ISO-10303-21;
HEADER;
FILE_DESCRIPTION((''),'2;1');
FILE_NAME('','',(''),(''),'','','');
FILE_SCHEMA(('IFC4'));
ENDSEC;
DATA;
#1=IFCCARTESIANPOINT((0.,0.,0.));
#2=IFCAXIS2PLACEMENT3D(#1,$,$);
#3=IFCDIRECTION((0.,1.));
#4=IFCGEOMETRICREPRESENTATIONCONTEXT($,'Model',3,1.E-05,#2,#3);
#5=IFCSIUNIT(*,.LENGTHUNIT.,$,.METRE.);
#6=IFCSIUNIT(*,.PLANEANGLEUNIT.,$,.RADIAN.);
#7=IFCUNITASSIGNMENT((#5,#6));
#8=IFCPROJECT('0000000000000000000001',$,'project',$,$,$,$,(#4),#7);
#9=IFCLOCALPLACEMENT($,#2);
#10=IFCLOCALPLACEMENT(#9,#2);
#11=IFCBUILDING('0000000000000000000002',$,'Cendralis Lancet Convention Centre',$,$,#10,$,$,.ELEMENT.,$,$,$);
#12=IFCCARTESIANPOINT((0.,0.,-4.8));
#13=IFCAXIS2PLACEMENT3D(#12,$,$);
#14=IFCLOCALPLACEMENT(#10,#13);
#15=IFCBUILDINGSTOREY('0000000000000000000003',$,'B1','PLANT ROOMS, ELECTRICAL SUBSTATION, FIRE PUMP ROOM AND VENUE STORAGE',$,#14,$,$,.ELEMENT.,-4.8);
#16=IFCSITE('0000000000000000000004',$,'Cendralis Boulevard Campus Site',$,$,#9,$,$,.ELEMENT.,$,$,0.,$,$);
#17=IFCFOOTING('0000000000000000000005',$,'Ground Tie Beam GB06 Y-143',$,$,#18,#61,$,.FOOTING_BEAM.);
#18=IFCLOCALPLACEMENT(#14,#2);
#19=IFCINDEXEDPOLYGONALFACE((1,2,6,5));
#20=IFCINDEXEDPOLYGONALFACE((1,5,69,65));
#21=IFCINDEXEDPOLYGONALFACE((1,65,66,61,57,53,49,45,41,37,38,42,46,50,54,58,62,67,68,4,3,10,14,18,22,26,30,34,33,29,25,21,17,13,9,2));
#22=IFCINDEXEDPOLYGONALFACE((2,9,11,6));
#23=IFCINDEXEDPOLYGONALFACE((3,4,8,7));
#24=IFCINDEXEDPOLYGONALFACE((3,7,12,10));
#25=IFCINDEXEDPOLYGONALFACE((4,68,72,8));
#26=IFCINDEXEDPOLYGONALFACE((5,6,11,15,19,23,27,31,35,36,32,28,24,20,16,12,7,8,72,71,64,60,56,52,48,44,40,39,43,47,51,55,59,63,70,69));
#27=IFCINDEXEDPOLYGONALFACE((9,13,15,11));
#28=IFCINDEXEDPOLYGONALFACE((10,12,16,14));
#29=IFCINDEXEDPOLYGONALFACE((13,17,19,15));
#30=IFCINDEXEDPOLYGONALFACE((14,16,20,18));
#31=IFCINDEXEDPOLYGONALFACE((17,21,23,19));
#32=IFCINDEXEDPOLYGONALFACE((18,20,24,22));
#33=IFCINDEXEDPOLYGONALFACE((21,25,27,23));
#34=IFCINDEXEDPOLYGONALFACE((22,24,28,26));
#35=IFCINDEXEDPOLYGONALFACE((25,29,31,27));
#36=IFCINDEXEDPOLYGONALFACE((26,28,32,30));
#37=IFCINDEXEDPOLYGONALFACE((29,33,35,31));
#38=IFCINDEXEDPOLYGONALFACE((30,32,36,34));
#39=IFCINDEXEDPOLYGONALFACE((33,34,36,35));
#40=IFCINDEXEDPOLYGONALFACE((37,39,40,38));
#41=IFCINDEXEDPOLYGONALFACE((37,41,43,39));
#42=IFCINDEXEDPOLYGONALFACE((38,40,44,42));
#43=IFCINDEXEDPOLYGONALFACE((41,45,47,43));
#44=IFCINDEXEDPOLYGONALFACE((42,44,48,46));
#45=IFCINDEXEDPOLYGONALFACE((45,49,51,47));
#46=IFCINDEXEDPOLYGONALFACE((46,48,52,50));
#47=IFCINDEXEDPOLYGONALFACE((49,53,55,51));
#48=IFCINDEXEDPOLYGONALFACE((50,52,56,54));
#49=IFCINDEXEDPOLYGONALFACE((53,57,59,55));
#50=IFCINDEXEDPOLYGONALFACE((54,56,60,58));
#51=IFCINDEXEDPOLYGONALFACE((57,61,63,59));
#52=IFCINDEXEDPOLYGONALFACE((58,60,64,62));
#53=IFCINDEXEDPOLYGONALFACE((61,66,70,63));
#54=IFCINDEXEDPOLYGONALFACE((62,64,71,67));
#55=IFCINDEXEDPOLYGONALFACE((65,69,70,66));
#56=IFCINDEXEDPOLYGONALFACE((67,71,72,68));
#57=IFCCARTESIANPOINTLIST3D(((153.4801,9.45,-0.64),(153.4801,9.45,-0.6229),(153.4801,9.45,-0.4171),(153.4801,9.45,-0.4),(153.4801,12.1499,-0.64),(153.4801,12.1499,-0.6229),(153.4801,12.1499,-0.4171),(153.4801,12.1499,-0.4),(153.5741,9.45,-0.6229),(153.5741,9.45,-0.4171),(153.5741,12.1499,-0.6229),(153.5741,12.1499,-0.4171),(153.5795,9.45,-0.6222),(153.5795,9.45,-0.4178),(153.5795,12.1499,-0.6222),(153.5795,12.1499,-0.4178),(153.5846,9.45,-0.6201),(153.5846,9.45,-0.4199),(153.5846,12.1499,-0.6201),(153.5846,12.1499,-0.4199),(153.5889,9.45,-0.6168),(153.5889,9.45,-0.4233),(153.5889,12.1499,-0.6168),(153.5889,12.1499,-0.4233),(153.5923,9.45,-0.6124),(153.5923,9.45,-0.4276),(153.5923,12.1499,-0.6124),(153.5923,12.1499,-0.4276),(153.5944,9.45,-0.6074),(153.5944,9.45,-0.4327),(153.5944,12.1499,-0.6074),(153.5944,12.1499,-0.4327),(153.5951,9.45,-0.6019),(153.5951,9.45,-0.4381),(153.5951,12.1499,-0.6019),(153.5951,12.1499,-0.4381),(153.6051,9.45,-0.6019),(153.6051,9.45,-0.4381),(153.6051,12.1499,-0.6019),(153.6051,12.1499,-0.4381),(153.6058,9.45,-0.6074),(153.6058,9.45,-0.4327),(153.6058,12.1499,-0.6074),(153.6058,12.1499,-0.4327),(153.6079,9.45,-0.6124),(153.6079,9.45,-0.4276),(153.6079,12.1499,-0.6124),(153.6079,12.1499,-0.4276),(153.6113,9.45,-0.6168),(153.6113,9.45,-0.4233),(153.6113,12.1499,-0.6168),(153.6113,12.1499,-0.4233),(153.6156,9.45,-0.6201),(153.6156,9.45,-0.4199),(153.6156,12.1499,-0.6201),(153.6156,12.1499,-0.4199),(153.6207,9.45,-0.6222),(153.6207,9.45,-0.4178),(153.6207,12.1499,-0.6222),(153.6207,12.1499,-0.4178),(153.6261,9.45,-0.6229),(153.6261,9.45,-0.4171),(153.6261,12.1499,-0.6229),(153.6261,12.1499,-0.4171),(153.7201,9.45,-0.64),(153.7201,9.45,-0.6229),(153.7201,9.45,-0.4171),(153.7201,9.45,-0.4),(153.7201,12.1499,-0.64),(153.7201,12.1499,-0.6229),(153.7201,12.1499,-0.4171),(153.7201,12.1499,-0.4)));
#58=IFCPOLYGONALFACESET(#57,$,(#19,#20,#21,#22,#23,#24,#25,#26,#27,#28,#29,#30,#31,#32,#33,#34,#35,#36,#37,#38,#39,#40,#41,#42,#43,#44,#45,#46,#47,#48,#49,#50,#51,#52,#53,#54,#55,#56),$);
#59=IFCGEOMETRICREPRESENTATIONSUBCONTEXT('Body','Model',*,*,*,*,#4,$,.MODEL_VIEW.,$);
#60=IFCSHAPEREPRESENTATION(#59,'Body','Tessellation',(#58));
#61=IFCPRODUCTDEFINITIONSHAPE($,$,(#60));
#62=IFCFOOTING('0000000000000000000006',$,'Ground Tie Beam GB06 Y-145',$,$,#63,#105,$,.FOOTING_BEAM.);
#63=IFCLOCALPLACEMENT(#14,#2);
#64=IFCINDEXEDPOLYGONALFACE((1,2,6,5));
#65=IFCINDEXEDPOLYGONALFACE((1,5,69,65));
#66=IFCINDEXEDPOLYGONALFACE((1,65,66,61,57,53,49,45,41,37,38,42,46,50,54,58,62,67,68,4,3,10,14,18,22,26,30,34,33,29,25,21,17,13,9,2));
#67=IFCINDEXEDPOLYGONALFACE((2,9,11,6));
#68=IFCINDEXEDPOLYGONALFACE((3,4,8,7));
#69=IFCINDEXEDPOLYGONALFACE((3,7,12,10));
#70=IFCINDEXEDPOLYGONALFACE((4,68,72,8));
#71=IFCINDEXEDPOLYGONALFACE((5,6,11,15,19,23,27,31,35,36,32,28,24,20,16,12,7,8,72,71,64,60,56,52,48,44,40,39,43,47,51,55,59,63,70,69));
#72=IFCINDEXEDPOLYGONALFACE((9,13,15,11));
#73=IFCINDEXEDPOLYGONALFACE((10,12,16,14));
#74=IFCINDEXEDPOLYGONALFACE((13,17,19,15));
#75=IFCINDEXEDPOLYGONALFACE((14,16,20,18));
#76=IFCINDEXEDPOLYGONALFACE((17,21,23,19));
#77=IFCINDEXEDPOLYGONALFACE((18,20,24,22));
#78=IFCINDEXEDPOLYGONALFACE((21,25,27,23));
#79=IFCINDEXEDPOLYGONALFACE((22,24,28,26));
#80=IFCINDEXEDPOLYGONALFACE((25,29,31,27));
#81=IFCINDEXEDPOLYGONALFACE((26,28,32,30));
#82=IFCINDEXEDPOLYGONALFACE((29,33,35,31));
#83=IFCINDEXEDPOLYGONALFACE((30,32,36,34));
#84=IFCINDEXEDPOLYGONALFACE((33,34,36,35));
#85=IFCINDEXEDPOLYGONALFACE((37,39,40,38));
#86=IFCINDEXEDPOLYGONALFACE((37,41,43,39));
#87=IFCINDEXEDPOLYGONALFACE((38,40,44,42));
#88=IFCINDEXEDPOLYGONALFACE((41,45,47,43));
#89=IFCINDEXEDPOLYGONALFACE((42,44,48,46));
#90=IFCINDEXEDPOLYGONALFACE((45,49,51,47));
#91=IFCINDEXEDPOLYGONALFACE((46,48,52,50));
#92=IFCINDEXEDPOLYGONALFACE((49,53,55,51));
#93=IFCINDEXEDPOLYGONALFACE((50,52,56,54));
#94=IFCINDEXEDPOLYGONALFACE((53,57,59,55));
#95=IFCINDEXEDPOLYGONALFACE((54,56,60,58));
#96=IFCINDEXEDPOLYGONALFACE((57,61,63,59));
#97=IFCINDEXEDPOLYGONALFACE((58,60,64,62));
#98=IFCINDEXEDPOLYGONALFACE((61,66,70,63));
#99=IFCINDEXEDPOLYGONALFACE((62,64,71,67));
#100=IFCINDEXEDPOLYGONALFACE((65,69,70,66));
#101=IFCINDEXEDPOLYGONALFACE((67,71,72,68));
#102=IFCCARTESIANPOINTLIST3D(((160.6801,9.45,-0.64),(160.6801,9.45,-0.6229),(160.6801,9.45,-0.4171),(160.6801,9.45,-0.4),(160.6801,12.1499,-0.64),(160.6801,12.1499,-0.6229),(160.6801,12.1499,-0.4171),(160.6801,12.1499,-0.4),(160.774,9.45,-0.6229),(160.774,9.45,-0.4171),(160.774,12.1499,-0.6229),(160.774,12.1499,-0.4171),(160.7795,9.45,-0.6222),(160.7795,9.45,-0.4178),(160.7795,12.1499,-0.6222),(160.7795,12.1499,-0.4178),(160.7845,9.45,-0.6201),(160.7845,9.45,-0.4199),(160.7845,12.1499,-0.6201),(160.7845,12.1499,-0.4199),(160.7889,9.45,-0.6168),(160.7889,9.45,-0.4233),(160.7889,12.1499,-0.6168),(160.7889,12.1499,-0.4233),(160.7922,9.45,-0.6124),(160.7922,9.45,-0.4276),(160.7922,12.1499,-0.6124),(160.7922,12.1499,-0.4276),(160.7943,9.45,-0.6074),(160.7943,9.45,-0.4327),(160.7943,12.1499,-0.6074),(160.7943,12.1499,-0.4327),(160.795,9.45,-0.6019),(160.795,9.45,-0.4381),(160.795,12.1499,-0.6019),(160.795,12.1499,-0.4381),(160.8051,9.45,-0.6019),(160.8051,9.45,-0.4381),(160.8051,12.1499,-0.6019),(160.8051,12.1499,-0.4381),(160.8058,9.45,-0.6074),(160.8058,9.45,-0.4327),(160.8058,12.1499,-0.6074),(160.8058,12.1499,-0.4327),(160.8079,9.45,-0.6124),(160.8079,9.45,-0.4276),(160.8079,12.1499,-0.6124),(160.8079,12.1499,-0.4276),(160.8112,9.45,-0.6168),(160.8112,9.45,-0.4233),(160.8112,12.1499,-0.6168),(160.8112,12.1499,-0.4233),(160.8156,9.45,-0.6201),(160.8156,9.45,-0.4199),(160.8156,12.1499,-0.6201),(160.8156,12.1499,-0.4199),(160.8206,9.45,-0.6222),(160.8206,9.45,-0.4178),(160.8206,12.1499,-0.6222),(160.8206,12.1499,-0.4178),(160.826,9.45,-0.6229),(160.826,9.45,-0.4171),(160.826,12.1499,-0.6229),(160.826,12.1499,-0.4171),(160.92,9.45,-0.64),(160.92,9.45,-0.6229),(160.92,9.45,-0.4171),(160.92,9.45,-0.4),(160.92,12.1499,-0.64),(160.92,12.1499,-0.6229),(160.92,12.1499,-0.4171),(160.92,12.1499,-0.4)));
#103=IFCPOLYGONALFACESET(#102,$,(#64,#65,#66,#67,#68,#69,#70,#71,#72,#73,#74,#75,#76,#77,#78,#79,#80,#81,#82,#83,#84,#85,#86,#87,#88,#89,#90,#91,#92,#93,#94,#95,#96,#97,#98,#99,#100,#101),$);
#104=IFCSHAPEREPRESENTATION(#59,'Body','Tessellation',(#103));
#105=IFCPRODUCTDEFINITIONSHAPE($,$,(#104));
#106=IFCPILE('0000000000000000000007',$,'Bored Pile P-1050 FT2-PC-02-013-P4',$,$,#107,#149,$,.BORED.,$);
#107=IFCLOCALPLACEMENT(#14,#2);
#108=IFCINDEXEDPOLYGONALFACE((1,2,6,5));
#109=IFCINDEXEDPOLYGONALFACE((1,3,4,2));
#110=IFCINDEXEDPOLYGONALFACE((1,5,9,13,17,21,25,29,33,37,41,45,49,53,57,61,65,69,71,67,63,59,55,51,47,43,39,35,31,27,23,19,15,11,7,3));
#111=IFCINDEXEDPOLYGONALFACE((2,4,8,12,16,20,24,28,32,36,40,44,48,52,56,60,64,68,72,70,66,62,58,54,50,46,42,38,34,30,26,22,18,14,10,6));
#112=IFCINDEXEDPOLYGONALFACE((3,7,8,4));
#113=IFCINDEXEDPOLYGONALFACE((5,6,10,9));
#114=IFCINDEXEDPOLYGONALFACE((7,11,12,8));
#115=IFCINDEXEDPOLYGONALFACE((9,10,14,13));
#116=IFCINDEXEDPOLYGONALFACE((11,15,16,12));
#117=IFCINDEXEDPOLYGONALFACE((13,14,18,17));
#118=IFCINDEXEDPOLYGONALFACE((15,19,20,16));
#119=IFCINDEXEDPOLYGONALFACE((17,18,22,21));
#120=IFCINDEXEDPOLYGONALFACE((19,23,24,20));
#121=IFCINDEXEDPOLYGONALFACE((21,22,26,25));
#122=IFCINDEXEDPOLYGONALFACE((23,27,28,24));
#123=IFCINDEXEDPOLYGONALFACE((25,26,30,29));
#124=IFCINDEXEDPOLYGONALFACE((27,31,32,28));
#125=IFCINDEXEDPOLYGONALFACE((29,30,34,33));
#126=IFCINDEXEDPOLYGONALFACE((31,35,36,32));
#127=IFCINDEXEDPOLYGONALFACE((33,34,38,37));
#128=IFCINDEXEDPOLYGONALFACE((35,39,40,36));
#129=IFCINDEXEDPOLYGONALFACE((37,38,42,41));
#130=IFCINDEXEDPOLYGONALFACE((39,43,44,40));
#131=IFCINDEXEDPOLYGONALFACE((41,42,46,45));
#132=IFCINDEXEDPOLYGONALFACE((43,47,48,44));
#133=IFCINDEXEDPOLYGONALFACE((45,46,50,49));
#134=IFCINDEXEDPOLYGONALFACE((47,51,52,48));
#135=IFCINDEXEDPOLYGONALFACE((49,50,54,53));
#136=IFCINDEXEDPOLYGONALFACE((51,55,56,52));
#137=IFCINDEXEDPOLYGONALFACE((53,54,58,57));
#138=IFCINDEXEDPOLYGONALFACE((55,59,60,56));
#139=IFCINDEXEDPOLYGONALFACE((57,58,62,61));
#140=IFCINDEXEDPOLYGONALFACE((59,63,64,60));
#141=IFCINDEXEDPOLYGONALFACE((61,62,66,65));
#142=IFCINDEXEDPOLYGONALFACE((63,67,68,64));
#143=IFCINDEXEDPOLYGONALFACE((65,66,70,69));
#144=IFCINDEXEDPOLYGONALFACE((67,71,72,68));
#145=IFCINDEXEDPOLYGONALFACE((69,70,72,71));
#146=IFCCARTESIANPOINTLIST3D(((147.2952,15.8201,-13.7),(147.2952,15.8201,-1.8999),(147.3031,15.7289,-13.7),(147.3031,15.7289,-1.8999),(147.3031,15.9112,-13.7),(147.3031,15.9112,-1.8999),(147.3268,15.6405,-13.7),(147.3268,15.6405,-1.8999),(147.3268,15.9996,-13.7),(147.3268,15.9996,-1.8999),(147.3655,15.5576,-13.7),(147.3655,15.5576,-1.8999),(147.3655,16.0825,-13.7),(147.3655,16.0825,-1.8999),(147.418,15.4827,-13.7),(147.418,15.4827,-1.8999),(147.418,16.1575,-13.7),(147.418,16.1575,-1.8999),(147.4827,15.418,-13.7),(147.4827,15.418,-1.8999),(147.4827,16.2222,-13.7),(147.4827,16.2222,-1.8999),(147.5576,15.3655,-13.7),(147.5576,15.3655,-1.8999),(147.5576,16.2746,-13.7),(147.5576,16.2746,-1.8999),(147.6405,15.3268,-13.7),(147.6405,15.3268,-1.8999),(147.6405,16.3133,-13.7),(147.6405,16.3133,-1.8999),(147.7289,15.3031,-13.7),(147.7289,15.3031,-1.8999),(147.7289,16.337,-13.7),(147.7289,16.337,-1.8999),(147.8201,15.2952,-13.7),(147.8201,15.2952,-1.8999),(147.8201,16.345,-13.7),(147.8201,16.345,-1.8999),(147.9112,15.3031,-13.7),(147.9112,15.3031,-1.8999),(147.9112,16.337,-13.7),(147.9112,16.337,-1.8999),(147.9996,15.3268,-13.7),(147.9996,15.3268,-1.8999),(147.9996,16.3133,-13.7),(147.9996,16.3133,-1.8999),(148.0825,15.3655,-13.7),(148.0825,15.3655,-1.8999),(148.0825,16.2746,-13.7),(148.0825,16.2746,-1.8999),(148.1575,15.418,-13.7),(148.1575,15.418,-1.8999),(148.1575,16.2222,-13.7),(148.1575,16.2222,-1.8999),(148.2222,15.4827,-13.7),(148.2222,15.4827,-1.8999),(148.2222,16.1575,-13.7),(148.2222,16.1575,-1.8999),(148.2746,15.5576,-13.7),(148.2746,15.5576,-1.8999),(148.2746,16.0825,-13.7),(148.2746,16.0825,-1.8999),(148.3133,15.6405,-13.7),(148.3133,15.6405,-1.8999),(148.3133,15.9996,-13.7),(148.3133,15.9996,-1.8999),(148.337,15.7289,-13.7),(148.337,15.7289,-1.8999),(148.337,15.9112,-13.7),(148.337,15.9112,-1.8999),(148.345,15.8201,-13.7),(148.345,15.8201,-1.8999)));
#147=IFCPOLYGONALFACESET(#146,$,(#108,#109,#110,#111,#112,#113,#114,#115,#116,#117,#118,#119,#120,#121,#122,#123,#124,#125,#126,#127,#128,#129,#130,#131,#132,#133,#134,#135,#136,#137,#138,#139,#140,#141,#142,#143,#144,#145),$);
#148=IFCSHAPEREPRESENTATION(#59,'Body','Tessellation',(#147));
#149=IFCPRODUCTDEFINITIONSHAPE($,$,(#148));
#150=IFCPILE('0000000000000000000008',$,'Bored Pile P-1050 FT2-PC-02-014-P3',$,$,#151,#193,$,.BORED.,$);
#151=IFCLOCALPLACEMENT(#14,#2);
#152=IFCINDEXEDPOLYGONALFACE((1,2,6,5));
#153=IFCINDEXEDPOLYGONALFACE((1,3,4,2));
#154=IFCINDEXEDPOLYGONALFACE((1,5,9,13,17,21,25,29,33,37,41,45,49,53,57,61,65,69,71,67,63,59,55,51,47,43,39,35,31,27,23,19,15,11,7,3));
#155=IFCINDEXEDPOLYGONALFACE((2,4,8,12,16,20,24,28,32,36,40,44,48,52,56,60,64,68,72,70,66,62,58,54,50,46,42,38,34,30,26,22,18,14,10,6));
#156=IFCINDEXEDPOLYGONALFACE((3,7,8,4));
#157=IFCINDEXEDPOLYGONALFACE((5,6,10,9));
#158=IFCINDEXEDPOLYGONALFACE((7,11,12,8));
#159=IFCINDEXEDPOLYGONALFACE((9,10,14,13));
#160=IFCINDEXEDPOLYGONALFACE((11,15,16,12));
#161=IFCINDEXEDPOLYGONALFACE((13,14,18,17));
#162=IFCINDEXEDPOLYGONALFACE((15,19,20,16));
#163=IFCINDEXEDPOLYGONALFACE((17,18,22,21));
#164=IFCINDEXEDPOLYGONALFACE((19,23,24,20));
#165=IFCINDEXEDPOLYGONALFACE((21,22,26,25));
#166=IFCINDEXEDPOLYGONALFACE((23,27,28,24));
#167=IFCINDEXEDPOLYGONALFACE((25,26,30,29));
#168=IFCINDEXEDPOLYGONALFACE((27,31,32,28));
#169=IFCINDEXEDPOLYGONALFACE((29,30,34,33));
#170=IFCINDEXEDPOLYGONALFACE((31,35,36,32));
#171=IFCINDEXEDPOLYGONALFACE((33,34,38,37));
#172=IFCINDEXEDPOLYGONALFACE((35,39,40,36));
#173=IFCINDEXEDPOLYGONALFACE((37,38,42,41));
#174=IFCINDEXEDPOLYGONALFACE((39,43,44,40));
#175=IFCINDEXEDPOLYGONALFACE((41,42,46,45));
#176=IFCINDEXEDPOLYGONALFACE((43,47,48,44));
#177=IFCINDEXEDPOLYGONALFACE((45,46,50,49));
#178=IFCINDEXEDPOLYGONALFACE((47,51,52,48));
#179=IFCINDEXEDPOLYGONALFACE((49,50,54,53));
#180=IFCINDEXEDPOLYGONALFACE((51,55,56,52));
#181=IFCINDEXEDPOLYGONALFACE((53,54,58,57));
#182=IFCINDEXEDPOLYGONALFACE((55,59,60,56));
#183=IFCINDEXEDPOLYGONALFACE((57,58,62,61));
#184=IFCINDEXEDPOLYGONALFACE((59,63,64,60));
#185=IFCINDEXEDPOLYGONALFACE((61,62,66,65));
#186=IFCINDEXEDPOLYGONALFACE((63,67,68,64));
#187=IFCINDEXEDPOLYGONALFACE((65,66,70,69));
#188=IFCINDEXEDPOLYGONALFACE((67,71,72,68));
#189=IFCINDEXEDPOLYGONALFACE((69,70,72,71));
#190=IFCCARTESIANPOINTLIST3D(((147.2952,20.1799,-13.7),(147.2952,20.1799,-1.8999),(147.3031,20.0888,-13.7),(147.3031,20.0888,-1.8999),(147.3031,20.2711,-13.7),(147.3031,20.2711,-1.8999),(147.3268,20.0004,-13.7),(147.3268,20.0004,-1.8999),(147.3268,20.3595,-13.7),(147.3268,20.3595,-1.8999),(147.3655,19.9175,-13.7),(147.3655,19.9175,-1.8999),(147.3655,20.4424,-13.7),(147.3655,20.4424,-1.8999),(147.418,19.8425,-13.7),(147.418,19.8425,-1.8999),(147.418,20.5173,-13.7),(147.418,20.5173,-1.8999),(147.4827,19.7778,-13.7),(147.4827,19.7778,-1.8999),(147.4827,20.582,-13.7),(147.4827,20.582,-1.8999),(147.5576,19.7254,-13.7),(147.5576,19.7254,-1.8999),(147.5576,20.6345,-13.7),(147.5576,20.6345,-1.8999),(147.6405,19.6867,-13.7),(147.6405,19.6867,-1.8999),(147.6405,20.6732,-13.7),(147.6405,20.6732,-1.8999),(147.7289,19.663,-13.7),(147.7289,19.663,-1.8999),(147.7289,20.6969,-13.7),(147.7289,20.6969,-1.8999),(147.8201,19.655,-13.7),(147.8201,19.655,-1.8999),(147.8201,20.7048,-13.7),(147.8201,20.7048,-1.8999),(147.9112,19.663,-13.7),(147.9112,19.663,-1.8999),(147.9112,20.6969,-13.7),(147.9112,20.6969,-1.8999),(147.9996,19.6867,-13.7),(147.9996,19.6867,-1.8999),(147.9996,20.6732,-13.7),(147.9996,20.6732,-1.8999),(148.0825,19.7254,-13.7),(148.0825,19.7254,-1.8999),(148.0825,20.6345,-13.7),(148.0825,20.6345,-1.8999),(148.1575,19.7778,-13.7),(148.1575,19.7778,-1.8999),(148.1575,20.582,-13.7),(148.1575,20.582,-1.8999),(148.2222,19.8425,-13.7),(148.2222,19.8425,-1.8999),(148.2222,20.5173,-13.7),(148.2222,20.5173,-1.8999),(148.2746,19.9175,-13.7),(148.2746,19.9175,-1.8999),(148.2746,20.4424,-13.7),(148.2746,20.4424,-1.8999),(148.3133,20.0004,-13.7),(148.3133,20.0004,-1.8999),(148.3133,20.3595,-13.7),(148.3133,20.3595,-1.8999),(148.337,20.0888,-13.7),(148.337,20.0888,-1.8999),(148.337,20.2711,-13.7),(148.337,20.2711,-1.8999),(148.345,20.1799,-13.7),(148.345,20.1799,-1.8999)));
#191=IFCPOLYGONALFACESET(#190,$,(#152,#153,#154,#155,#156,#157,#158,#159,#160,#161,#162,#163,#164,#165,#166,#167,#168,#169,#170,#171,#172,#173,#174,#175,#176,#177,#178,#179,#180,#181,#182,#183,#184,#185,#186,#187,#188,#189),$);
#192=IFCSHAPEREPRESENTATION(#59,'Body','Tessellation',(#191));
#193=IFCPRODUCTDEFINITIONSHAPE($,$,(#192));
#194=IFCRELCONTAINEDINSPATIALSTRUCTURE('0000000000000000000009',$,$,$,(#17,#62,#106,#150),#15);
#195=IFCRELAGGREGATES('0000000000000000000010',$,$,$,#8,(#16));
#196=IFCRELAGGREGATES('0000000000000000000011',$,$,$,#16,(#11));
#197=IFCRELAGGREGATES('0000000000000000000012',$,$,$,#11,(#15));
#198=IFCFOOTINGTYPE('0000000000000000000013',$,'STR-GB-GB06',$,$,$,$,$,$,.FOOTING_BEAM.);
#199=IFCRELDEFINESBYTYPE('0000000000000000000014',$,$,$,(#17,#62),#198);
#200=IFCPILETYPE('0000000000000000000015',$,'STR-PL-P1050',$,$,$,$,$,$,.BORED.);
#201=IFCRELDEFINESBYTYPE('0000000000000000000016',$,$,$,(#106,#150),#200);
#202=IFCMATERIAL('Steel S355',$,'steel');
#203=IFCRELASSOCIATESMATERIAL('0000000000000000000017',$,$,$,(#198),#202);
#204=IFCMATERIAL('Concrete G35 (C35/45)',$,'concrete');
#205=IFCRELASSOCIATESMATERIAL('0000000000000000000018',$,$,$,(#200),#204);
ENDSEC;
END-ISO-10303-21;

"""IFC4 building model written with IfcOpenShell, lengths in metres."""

from ifc_helpers import new_model, si_unit, direction, frame, origin, origin_2d, place, context, subcontext, project, spatial, circle, i_section, extrude, material, material_profile, profile_set, type_object, element, save


model = new_model("IFC4")

# Units and contexts
model_context = context("Model", 3, precision=1e-05, world=origin(), true_north=direction((0.0, 1.0)))
body_context = subcontext(model_context, "Body", "Model", "MODEL_VIEW")
ifc_project = project(units=[si_unit("LENGTHUNIT", "METRE"), si_unit("PLANEANGLEUNIT", "RADIAN")], contexts=[model_context])

# Site, building, storey
site_placement = place(None, origin())
site = spatial("IfcSite", under=ifc_project, at=site_placement, Name="Cendralis Boulevard Campus Site", CompositionType="ELEMENT", RefElevation=0.0)
building_placement = place(site_placement, origin())
building = spatial("IfcBuilding", under=site, at=building_placement, Name="Cendralis Lancet Convention Centre", CompositionType="ELEMENT")
storey_placement = place(building_placement, frame((0.0, 0.0, -4.8)))
storey = spatial("IfcBuildingStorey", under=building, at=storey_placement, Name="B1", Description="PLANT ROOMS, ELECTRICAL SUBSTATION, FIRE PUMP ROOM AND VENUE STORAGE", CompositionType="ELEMENT", Elevation=-4.8)

# Footings
ifc_material_1 = material(Name="Concrete G35 (C35/45)", Category="concrete")
ifc_material_2 = material(Name="Steel S355", Category="steel")
ifc_material_profile_1 = material_profile(ifc_material_2, i_section(OverallWidth=0.24, OverallDepth=0.24, WebThickness=0.01, FlangeThickness=0.0171, FilletRadius=0.021, at=origin_2d()), Name="HEB 240")
ifc_profile_set_1 = profile_set([ifc_material_profile_1], Name="Steel S355")
footing_type_1 = type_object("IfcFootingType", Name="STR-GB-GB06", PredefinedType="FOOTING_BEAM", material=ifc_profile_set_1)
for number, where, z_axis, x_axis, name in (
    (1, (153.6001, 9.45, -0.52), (0.0, 1.0, 0.0), (-1.0, 0.0, 0.0), "Ground Tie Beam GB06 Y-143"),
    (2, (160.8, 9.45, -0.52), (0.0, 1.0, 0.0), (-1.0, 0.0, 0.0), "Ground Tie Beam GB06 Y-145"),
):
    element("IfcFooting", number, at=place(storey_placement, frame(where, z_axis=z_axis, x_axis=x_axis)), inside=storey, type_object=footing_type_1, Name=name, PredefinedType="FOOTING_BEAM", context=body_context, shape_type="SweptSolid", body=[
        extrude(i_section(OverallWidth=0.24, OverallDepth=0.24, WebThickness=0.01, FlangeThickness=0.0171, FilletRadius=0.021, at=origin_2d()), origin(), (0.0, 0.0, 1.0), 2.7),
    ])

# Piles
ifc_material_profile_2 = material_profile(ifc_material_1, circle(Radius=0.5249, at=origin_2d()), Name="BORED PILE D1050")
ifc_profile_set_2 = profile_set([ifc_material_profile_2], Name="Concrete G35 (C35/45)")
pile_type = type_object("IfcPileType", Name="STR-PL-P1050", PredefinedType="BORED", material=ifc_profile_set_2)
for number, where, z_axis, x_axis, name in (
    (3, (147.8201, 15.8201, -1.8999), (0.0, 0.0, -1.0), (1.0, 0.0, 0.0), "Bored Pile P-1050 FT2-PC-02-013-P4"),
    (4, (147.8201, 20.1799, -1.8999), (0.0, 0.0, -1.0), (1.0, 0.0, 0.0), "Bored Pile P-1050 FT2-PC-02-014-P3"),
):
    element("IfcPile", number, at=place(storey_placement, frame(where, z_axis=z_axis, x_axis=x_axis)), inside=storey, type_object=pile_type, Name=name, PredefinedType="BORED", context=body_context, shape_type="SweptSolid", body=[
        extrude(circle(Radius=0.5249, at=origin_2d()), origin(), (0.0, 0.0, 1.0), 11.8),
    ])

save(model, "model.ifc")
